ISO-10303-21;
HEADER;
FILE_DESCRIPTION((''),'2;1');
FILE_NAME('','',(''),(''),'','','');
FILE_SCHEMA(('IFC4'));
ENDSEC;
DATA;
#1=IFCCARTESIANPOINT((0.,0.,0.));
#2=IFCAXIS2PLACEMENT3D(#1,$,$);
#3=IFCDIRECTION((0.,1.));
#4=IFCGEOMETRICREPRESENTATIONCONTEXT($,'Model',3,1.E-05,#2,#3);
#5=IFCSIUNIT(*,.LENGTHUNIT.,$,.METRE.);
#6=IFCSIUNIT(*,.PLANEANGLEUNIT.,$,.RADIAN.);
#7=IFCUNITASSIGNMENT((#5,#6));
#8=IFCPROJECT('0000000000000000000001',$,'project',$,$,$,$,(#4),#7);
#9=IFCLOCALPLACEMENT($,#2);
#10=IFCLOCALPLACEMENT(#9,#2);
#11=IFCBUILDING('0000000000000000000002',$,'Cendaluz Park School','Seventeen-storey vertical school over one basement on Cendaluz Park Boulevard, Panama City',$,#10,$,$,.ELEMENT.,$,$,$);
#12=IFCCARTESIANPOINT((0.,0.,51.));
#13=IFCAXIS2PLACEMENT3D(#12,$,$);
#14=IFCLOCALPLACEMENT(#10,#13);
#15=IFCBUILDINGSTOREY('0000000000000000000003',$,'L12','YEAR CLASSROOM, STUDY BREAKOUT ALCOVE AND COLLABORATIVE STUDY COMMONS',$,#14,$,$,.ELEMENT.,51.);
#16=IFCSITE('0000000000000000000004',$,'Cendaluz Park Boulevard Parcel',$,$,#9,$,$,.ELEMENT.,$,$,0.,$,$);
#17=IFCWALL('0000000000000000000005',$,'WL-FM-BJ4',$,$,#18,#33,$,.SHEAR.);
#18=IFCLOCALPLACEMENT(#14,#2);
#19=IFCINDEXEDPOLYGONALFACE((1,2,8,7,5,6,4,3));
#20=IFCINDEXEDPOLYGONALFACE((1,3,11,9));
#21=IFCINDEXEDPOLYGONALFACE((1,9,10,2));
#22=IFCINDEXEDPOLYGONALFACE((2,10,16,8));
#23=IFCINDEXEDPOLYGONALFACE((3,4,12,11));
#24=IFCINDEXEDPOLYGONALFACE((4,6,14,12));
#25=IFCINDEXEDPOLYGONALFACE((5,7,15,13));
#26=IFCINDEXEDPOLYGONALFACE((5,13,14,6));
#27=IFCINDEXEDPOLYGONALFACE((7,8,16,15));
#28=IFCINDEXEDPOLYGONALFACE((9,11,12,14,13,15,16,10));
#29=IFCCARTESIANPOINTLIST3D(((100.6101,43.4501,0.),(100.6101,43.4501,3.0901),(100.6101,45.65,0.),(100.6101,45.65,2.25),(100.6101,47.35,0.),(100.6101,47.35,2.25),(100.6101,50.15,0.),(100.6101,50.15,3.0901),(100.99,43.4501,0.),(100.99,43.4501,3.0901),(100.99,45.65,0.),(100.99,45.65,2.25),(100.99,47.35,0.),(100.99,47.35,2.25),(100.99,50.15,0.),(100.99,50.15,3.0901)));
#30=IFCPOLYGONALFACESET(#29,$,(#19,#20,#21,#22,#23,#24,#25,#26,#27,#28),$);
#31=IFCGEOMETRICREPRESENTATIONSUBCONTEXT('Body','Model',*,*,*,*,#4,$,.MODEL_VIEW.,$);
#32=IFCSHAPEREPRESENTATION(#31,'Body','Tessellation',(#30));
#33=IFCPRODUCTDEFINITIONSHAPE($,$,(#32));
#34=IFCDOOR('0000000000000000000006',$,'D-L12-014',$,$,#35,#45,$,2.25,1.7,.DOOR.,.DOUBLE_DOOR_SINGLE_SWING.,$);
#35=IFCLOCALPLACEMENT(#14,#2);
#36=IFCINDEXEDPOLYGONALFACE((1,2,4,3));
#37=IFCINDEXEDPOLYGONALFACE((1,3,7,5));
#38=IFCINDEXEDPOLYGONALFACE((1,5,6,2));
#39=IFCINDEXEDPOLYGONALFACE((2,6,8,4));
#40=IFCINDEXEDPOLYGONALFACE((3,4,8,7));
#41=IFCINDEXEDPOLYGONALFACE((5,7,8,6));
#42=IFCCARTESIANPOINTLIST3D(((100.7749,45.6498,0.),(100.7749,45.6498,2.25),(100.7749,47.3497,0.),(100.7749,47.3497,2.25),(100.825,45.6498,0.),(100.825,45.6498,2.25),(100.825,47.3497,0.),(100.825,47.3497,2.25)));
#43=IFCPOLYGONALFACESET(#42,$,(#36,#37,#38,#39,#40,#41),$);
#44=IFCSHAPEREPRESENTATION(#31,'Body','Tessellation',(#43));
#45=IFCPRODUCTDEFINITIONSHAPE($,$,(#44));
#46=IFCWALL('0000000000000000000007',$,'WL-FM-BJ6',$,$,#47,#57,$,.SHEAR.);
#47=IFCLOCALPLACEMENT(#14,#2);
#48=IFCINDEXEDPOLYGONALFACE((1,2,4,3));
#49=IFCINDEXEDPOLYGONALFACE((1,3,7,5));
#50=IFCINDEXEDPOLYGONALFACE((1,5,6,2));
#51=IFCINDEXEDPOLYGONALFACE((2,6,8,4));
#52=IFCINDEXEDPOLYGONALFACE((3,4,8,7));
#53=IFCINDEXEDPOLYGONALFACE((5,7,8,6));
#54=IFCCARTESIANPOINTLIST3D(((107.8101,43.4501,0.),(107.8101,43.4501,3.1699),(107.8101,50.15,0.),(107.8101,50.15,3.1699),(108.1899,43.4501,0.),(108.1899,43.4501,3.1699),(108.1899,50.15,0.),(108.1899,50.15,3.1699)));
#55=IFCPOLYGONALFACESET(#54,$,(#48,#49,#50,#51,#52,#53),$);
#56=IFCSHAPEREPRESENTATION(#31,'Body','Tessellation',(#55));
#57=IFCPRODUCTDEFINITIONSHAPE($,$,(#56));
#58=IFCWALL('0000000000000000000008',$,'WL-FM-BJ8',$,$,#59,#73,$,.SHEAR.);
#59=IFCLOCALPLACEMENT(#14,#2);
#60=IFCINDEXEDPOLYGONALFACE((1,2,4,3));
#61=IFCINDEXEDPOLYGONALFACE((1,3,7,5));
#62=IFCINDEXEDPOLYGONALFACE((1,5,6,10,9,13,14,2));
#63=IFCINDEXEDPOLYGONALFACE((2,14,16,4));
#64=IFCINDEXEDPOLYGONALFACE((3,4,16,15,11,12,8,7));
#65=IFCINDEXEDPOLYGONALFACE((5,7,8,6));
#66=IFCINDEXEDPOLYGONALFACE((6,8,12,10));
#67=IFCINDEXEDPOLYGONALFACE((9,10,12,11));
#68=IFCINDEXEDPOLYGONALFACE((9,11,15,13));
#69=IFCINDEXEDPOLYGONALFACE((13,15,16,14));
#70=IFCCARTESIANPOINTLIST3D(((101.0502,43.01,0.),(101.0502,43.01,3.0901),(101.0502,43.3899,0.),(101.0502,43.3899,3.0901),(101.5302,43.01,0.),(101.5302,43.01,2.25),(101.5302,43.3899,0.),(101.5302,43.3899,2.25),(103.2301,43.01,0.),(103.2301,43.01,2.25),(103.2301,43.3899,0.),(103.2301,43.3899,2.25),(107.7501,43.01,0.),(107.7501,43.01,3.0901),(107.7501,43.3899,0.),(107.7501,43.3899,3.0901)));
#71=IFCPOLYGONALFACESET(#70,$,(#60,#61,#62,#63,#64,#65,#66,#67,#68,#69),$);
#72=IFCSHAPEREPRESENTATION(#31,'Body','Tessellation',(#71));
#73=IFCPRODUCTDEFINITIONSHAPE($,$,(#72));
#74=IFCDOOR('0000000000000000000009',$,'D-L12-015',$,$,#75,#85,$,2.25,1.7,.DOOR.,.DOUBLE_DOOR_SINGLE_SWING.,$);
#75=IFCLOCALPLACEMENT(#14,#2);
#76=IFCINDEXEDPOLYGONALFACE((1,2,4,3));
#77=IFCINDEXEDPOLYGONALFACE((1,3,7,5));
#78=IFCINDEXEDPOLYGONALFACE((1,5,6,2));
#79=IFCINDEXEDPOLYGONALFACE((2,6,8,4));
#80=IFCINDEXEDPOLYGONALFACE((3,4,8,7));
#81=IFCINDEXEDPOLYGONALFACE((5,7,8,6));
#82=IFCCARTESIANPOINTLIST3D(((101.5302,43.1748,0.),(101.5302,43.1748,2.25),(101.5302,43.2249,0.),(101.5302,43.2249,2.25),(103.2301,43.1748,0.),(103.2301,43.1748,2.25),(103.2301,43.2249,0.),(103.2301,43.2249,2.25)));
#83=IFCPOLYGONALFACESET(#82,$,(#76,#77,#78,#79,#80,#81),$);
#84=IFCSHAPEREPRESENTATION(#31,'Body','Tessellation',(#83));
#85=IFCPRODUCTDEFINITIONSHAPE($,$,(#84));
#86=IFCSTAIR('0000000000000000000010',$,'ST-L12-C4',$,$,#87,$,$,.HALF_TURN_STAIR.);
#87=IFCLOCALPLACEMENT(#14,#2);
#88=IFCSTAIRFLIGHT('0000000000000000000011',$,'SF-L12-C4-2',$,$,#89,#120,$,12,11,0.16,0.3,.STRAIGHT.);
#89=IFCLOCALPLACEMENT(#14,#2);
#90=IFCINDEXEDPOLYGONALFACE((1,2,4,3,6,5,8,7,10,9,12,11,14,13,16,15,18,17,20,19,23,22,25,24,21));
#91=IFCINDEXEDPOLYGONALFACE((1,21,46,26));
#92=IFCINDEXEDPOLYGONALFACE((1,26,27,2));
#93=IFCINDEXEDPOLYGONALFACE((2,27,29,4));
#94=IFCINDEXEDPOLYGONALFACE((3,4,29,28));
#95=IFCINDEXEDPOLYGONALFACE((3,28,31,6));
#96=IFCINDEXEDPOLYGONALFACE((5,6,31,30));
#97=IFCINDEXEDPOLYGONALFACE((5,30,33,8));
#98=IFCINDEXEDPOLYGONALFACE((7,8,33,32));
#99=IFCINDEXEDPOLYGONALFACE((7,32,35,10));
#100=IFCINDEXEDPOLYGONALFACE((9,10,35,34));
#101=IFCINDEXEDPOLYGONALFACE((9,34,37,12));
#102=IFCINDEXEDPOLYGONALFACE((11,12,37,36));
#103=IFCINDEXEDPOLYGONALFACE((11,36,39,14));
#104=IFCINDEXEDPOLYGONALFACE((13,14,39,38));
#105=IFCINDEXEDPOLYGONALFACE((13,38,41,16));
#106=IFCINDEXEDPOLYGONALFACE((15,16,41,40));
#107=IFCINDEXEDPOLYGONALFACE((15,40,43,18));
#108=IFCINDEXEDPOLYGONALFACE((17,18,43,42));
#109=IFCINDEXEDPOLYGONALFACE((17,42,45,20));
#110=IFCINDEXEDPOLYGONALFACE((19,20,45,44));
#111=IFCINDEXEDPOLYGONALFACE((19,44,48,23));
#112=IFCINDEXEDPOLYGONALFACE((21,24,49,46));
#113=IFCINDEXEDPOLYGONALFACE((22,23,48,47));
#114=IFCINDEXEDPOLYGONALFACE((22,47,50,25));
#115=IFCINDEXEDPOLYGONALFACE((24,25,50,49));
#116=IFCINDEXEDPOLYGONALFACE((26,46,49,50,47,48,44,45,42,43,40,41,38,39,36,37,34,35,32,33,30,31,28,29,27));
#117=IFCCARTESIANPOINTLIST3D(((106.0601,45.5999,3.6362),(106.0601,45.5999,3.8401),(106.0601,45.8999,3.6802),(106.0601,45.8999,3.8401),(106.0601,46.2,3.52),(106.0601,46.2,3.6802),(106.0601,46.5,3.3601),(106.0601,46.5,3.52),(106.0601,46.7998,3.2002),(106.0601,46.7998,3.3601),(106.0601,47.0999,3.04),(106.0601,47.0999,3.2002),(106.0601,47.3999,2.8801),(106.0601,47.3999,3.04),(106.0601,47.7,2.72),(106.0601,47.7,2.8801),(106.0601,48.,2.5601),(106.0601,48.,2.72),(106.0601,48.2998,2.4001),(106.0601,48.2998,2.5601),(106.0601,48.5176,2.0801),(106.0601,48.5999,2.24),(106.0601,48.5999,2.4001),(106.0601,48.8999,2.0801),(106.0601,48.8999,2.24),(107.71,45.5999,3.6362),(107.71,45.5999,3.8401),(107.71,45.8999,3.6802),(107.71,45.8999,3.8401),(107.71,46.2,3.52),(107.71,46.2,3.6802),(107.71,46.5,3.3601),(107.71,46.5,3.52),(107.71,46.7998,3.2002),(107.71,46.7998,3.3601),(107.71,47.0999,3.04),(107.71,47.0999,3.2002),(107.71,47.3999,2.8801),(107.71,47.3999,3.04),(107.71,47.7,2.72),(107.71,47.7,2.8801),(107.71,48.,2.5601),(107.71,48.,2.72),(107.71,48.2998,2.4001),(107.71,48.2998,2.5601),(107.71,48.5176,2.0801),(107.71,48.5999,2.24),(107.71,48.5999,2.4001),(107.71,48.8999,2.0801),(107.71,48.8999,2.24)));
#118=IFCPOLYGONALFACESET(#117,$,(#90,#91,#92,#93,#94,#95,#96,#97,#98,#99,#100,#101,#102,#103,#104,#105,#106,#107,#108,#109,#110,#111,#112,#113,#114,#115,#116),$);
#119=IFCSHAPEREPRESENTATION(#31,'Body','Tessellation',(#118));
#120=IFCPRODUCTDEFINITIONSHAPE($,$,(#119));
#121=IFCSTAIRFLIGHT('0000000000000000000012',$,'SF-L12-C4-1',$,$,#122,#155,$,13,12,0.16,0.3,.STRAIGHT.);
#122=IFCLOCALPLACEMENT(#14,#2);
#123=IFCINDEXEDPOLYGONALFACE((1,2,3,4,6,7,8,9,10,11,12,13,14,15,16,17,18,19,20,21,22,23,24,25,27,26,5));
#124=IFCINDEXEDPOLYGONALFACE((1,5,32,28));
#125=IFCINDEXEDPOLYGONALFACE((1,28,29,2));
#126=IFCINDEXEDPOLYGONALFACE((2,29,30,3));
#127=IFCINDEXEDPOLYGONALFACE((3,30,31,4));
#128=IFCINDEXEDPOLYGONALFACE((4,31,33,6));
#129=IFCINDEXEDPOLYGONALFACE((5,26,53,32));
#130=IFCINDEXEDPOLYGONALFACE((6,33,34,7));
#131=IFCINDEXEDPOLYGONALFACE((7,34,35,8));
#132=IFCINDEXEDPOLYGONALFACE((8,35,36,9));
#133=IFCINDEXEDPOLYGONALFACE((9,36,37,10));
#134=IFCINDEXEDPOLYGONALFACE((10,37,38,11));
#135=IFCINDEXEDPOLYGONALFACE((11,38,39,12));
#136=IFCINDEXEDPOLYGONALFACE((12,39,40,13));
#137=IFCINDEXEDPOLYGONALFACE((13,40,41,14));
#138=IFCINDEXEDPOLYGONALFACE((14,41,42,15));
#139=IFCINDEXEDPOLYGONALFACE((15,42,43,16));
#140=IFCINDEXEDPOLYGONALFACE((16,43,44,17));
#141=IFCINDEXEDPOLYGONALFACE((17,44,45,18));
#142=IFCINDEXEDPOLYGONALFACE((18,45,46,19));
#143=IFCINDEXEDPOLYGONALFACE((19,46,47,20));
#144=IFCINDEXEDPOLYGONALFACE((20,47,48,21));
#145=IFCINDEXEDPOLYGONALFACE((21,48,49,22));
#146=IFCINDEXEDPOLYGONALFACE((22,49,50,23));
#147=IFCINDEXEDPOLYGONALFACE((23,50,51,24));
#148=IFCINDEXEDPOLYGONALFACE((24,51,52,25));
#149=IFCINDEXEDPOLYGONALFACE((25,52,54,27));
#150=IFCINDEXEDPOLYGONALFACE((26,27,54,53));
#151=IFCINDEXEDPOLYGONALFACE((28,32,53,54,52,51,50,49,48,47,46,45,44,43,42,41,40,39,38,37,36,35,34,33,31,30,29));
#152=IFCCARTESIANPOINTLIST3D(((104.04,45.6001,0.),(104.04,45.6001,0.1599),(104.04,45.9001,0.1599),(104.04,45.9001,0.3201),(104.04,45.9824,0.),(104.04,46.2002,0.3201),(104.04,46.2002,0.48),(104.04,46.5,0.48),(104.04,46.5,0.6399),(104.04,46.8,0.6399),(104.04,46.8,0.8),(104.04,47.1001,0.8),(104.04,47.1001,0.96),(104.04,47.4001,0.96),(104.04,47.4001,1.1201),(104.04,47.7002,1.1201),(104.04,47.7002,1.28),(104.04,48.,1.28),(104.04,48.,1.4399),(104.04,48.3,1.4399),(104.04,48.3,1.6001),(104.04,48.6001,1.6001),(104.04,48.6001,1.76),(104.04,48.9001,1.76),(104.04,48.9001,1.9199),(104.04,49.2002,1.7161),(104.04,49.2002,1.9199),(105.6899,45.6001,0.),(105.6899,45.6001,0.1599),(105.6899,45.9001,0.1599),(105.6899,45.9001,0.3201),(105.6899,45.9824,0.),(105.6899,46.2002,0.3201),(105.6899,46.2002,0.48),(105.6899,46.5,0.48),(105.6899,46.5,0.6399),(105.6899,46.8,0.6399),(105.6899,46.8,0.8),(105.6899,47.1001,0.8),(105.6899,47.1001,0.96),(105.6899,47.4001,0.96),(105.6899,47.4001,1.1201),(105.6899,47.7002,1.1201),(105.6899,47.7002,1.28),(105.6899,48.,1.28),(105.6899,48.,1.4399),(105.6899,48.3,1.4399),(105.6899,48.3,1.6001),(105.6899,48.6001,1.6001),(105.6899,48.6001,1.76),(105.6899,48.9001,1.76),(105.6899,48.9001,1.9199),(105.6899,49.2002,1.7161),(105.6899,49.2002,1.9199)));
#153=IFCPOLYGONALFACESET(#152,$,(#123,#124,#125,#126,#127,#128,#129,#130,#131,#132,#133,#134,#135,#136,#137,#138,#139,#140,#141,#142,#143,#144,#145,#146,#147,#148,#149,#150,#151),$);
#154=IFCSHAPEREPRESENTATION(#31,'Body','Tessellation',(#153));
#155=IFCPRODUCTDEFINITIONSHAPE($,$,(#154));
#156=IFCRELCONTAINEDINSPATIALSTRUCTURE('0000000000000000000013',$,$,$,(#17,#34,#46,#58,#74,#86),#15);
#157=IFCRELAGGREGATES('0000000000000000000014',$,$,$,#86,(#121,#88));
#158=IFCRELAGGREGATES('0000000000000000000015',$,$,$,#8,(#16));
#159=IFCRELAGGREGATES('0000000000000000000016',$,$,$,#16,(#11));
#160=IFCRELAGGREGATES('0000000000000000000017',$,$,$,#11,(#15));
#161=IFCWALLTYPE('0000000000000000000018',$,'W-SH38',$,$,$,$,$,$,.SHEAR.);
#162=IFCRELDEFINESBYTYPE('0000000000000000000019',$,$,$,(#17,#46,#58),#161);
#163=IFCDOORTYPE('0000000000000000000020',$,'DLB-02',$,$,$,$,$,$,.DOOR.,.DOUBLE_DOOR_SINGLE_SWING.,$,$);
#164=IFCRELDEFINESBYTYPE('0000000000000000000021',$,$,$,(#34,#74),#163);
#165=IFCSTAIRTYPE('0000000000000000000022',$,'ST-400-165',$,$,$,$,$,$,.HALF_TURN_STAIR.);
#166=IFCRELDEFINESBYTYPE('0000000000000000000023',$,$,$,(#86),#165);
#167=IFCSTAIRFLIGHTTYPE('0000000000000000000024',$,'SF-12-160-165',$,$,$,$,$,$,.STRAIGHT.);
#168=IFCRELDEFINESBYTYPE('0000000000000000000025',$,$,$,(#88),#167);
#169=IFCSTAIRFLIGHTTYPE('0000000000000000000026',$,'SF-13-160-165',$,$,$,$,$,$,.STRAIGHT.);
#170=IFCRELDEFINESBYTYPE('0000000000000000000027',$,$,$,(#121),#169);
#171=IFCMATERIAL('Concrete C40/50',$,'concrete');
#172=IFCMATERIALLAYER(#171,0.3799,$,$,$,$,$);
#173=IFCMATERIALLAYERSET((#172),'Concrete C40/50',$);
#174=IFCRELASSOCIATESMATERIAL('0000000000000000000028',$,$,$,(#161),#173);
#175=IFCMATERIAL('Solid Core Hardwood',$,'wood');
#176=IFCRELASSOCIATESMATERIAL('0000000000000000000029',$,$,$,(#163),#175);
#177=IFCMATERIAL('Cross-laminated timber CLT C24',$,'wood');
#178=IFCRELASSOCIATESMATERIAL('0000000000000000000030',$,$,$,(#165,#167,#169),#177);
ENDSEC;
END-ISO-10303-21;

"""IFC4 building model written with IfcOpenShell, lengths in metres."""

from ifc_helpers import new_model, si_unit, direction, frame, frame_2d, origin, place, context, subcontext, project, spatial, polyline, rectangle, outline, extrude, material, layer, layer_set, type_object, element, fill, aggregate, save


model = new_model("IFC4")

# Units and contexts
model_context = context("Model", 3, precision=1e-05, world=origin(), true_north=direction((0.0, 1.0)))
body_context = subcontext(model_context, "Body", "Model", "MODEL_VIEW")
ifc_project = project(units=[si_unit("LENGTHUNIT", "METRE"), si_unit("PLANEANGLEUNIT", "RADIAN")], contexts=[model_context])

# Site, building, storey
site_placement = place(None, origin())
site = spatial("IfcSite", under=ifc_project, at=site_placement, Name="Cendaluz Park Boulevard Parcel", CompositionType="ELEMENT", RefElevation=0.0)
building_placement = place(site_placement, origin())
building = spatial("IfcBuilding", under=site, at=building_placement, Name="Cendaluz Park School", Description="Seventeen-storey vertical school over one basement on Cendaluz Park Boulevard, Panama City", CompositionType="ELEMENT")
storey_placement = place(building_placement, frame((0.0, 0.0, 51.0)))
storey = spatial("IfcBuildingStorey", under=building, at=storey_placement, Name="L12", Description="YEAR CLASSROOM, STUDY BREAKOUT ALCOVE AND COLLABORATIVE STUDY COMMONS", CompositionType="ELEMENT", Elevation=51.0)

# Shared definitions
ifc_material_1 = material(Name="Cross-laminated timber CLT C24", Category="wood")

# Shared definitions
ifc_material_2 = material(Name="Concrete C40/50", Category="concrete")
ifc_material_3 = material(Name="Solid Core Hardwood", Category="wood")

# Wall, opening, door
ifc_layer_1 = layer(ifc_material_2, 0.3799)
ifc_layer_set_1 = layer_set([ifc_layer_1], Name="Concrete C40/50")
wall_type_1 = type_object("IfcWallType", Name="W-SH38", PredefinedType="SHEAR", material=ifc_layer_set_1)
wall_1_placement = place(storey_placement, frame((100.8, 43.45, 0.0), z_axis=(0.0, 0.0, 1.0), x_axis=(0.0, 1.0, 0.0)))
wall_1 = element("IfcWall", 1, at=wall_1_placement, inside=storey, type_object=wall_type_1, Name="WL-FM-BJ4", PredefinedType="SHEAR", context=body_context, shape_type="SweptSolid", body=[
    extrude(rectangle(XDim=6.7, YDim=0.3799, at=frame_2d((3.3501, 0.0))), origin(), (0.0, 0.0, 1.0), 3.0901),
])
opening_1_placement = place(wall_1_placement, frame((2.2, 0.0, 0.0)))
opening_1 = element("IfcOpeningElement", 2, at=opening_1_placement, cuts=wall_1, PredefinedType="OPENING", context=body_context, shape_type="SweptSolid", body=[
    extrude(rectangle(XDim=1.7, YDim=2.25, at=frame_2d((0.8501, 1.125))), frame((0.0, 0.2019, 0.0), z_axis=(0.0, -1.0, 0.0), x_axis=(1.0, 0.0, 0.0)), (0.0, 0.0, 1.0), 0.4038),
])
door_type_1 = type_object("IfcDoorType", Name="DLB-02", OperationType="DOUBLE_DOOR_SINGLE_SWING", PredefinedType="DOOR", material=ifc_material_3)
door_1_placement = place(opening_1_placement, frame((1.7, 0.0, 0.0), z_axis=(0.0, 0.0, 1.0), x_axis=(-1.0, 0.0, 0.0)))
door_1 = element("IfcDoor", 3, at=door_1_placement, inside=storey, type_object=door_type_1, Name="D-L12-014", OperationType="DOUBLE_DOOR_SINGLE_SWING", OverallHeight=2.25, OverallWidth=1.7, PredefinedType="DOOR", context=body_context, shape_type="SweptSolid", body=[
    extrude(rectangle(XDim=1.7, YDim=2.25, at=frame_2d((0.8501, 1.125))), frame((0.0, 0.0249, 0.0), z_axis=(0.0, -1.0, 0.0), x_axis=(1.0, 0.0, 0.0)), (0.0, 0.0, 1.0), 0.05),
])
fill(opening_1, door_1)

# Wall
wall_2_placement = place(storey_placement, frame((108.0, 43.45, 0.0), z_axis=(0.0, 0.0, 1.0), x_axis=(0.0, 1.0, 0.0)))
element("IfcWall", 4, at=wall_2_placement, inside=storey, type_object=wall_type_1, Name="WL-FM-BJ6", PredefinedType="SHEAR", context=body_context, shape_type="SweptSolid", body=[
    extrude(rectangle(XDim=6.7, YDim=0.3799, at=frame_2d((3.3501, 0.0))), origin(), (0.0, 0.0, 1.0), 3.1699),
])

# Wall, opening, door
wall_3_placement = place(storey_placement, frame((101.05, 43.2, 0.0), z_axis=(0.0, 0.0, 1.0), x_axis=(1.0, 0.0, 0.0)))
wall_3 = element("IfcWall", 5, at=wall_3_placement, inside=storey, type_object=wall_type_1, Name="WL-FM-BJ8", PredefinedType="SHEAR", context=body_context, shape_type="SweptSolid", body=[
    extrude(rectangle(XDim=6.7, YDim=0.3799, at=frame_2d((3.3501, 0.0))), origin(), (0.0, 0.0, 1.0), 3.0901),
])
opening_2_placement = place(wall_3_placement, frame((0.48, 0.0, 0.0)))
opening_2 = element("IfcOpeningElement", 6, at=opening_2_placement, cuts=wall_3, PredefinedType="OPENING", context=body_context, shape_type="SweptSolid", body=[
    extrude(rectangle(XDim=1.7, YDim=2.25, at=frame_2d((0.8501, 1.125))), frame((0.0, 0.2019, 0.0), z_axis=(0.0, -1.0, 0.0), x_axis=(1.0, 0.0, 0.0)), (0.0, 0.0, 1.0), 0.4038),
])
door_2_placement = place(opening_2_placement, origin())
door_2 = element("IfcDoor", 7, at=door_2_placement, inside=storey, type_object=door_type_1, Name="D-L12-015", OperationType="DOUBLE_DOOR_SINGLE_SWING", OverallHeight=2.25, OverallWidth=1.7, PredefinedType="DOOR", context=body_context, shape_type="SweptSolid", body=[
    extrude(rectangle(XDim=1.7, YDim=2.25, at=frame_2d((0.8501, 1.125))), frame((0.0, 0.0249, 0.0), z_axis=(0.0, -1.0, 0.0), x_axis=(1.0, 0.0, 0.0)), (0.0, 0.0, 1.0), 0.05),
])
fill(opening_2, door_2)

# Stair, stair flights
stair_type = type_object("IfcStairType", Name="ST-400-165", PredefinedType="HALF_TURN_STAIR", material=ifc_material_1)
stair_placement = place(storey_placement, origin())
stair = element("IfcStair", 8, at=stair_placement, inside=storey, type_object=stair_type, Name="ST-L12-C4", PredefinedType="HALF_TURN_STAIR")
stair_flight_type_1 = type_object("IfcStairFlightType", Name="SF-12-160-165", PredefinedType="STRAIGHT", material=ifc_material_1)
stair_flight_1_placement = place(storey_placement, frame((106.885, 48.8999, 2.0801), z_axis=(0.0, 0.0, 1.0), x_axis=(0.0, -1.0, 0.0)))
stair_flight_1 = element("IfcStairFlight", 9, at=stair_flight_1_placement, type_object=stair_flight_type_1, Name="SF-L12-C4-2", NumberOfRisers=12, NumberOfTreads=11, PredefinedType="STRAIGHT", RiserHeight=0.16, TreadLength=0.3, context=body_context, shape_type="SweptSolid", body=[
    extrude(outline(polyline([(0.0, 0.0), (0.0, 0.1599), (0.3, 0.1599), (0.3, 0.3201), (0.6001, 0.3201), (0.6001, 0.48), (0.8999, 0.48), (0.8999, 0.6399), (1.2, 0.6399), (1.2, 0.8), (1.5, 0.8), (1.5, 0.96), (1.8, 0.96), (1.8, 1.1201), (2.1001, 1.1201), (2.1001, 1.28), (2.3999, 1.28), (2.3999, 1.4399), (2.7, 1.4399), (2.7, 1.6001), (3.0, 1.6001), (3.0, 1.76), (3.3, 1.76), (3.3, 1.9199), (3.3, 1.5562), (0.3823, 0.0), (0.0, 0.0)])), frame((0.0, 0.825, 0.0), z_axis=(0.0, -1.0, 0.0), x_axis=(1.0, 0.0, 0.0)), (0.0, 0.0, 1.0), 1.6499),
])
stair_flight_type_2 = type_object("IfcStairFlightType", Name="SF-13-160-165", PredefinedType="STRAIGHT", material=ifc_material_1)
stair_flight_2_placement = place(storey_placement, frame((104.865, 45.6001, 0.0), z_axis=(0.0, 0.0, 1.0), x_axis=(0.0, 1.0, 0.0)))
stair_flight_2 = element("IfcStairFlight", 10, at=stair_flight_2_placement, type_object=stair_flight_type_2, Name="SF-L12-C4-1", NumberOfRisers=13, NumberOfTreads=12, PredefinedType="STRAIGHT", RiserHeight=0.16, TreadLength=0.3, context=body_context, shape_type="SweptSolid", body=[
    extrude(outline(polyline([(0.0, 0.0), (0.0, 0.1599), (0.3, 0.1599), (0.3, 0.3201), (0.6001, 0.3201), (0.6001, 0.48), (0.8999, 0.48), (0.8999, 0.6399), (1.2, 0.6399), (1.2, 0.8), (1.5, 0.8), (1.5, 0.96), (1.8, 0.96), (1.8, 1.1201), (2.1001, 1.1201), (2.1001, 1.28), (2.3999, 1.28), (2.3999, 1.4399), (2.7, 1.4399), (2.7, 1.6001), (3.0, 1.6001), (3.0, 1.76), (3.3, 1.76), (3.3, 1.9199), (3.6001, 1.9199), (3.6001, 2.0801), (3.6001, 1.7161), (0.3823, 0.0), (0.0, 0.0)])), frame((0.0, 0.825, 0.0), z_axis=(0.0, -1.0, 0.0), x_axis=(1.0, 0.0, 0.0)), (0.0, 0.0, 1.0), 1.6499),
])
aggregate(stair, [stair_flight_2, stair_flight_1])

save(model, "model.ifc")
